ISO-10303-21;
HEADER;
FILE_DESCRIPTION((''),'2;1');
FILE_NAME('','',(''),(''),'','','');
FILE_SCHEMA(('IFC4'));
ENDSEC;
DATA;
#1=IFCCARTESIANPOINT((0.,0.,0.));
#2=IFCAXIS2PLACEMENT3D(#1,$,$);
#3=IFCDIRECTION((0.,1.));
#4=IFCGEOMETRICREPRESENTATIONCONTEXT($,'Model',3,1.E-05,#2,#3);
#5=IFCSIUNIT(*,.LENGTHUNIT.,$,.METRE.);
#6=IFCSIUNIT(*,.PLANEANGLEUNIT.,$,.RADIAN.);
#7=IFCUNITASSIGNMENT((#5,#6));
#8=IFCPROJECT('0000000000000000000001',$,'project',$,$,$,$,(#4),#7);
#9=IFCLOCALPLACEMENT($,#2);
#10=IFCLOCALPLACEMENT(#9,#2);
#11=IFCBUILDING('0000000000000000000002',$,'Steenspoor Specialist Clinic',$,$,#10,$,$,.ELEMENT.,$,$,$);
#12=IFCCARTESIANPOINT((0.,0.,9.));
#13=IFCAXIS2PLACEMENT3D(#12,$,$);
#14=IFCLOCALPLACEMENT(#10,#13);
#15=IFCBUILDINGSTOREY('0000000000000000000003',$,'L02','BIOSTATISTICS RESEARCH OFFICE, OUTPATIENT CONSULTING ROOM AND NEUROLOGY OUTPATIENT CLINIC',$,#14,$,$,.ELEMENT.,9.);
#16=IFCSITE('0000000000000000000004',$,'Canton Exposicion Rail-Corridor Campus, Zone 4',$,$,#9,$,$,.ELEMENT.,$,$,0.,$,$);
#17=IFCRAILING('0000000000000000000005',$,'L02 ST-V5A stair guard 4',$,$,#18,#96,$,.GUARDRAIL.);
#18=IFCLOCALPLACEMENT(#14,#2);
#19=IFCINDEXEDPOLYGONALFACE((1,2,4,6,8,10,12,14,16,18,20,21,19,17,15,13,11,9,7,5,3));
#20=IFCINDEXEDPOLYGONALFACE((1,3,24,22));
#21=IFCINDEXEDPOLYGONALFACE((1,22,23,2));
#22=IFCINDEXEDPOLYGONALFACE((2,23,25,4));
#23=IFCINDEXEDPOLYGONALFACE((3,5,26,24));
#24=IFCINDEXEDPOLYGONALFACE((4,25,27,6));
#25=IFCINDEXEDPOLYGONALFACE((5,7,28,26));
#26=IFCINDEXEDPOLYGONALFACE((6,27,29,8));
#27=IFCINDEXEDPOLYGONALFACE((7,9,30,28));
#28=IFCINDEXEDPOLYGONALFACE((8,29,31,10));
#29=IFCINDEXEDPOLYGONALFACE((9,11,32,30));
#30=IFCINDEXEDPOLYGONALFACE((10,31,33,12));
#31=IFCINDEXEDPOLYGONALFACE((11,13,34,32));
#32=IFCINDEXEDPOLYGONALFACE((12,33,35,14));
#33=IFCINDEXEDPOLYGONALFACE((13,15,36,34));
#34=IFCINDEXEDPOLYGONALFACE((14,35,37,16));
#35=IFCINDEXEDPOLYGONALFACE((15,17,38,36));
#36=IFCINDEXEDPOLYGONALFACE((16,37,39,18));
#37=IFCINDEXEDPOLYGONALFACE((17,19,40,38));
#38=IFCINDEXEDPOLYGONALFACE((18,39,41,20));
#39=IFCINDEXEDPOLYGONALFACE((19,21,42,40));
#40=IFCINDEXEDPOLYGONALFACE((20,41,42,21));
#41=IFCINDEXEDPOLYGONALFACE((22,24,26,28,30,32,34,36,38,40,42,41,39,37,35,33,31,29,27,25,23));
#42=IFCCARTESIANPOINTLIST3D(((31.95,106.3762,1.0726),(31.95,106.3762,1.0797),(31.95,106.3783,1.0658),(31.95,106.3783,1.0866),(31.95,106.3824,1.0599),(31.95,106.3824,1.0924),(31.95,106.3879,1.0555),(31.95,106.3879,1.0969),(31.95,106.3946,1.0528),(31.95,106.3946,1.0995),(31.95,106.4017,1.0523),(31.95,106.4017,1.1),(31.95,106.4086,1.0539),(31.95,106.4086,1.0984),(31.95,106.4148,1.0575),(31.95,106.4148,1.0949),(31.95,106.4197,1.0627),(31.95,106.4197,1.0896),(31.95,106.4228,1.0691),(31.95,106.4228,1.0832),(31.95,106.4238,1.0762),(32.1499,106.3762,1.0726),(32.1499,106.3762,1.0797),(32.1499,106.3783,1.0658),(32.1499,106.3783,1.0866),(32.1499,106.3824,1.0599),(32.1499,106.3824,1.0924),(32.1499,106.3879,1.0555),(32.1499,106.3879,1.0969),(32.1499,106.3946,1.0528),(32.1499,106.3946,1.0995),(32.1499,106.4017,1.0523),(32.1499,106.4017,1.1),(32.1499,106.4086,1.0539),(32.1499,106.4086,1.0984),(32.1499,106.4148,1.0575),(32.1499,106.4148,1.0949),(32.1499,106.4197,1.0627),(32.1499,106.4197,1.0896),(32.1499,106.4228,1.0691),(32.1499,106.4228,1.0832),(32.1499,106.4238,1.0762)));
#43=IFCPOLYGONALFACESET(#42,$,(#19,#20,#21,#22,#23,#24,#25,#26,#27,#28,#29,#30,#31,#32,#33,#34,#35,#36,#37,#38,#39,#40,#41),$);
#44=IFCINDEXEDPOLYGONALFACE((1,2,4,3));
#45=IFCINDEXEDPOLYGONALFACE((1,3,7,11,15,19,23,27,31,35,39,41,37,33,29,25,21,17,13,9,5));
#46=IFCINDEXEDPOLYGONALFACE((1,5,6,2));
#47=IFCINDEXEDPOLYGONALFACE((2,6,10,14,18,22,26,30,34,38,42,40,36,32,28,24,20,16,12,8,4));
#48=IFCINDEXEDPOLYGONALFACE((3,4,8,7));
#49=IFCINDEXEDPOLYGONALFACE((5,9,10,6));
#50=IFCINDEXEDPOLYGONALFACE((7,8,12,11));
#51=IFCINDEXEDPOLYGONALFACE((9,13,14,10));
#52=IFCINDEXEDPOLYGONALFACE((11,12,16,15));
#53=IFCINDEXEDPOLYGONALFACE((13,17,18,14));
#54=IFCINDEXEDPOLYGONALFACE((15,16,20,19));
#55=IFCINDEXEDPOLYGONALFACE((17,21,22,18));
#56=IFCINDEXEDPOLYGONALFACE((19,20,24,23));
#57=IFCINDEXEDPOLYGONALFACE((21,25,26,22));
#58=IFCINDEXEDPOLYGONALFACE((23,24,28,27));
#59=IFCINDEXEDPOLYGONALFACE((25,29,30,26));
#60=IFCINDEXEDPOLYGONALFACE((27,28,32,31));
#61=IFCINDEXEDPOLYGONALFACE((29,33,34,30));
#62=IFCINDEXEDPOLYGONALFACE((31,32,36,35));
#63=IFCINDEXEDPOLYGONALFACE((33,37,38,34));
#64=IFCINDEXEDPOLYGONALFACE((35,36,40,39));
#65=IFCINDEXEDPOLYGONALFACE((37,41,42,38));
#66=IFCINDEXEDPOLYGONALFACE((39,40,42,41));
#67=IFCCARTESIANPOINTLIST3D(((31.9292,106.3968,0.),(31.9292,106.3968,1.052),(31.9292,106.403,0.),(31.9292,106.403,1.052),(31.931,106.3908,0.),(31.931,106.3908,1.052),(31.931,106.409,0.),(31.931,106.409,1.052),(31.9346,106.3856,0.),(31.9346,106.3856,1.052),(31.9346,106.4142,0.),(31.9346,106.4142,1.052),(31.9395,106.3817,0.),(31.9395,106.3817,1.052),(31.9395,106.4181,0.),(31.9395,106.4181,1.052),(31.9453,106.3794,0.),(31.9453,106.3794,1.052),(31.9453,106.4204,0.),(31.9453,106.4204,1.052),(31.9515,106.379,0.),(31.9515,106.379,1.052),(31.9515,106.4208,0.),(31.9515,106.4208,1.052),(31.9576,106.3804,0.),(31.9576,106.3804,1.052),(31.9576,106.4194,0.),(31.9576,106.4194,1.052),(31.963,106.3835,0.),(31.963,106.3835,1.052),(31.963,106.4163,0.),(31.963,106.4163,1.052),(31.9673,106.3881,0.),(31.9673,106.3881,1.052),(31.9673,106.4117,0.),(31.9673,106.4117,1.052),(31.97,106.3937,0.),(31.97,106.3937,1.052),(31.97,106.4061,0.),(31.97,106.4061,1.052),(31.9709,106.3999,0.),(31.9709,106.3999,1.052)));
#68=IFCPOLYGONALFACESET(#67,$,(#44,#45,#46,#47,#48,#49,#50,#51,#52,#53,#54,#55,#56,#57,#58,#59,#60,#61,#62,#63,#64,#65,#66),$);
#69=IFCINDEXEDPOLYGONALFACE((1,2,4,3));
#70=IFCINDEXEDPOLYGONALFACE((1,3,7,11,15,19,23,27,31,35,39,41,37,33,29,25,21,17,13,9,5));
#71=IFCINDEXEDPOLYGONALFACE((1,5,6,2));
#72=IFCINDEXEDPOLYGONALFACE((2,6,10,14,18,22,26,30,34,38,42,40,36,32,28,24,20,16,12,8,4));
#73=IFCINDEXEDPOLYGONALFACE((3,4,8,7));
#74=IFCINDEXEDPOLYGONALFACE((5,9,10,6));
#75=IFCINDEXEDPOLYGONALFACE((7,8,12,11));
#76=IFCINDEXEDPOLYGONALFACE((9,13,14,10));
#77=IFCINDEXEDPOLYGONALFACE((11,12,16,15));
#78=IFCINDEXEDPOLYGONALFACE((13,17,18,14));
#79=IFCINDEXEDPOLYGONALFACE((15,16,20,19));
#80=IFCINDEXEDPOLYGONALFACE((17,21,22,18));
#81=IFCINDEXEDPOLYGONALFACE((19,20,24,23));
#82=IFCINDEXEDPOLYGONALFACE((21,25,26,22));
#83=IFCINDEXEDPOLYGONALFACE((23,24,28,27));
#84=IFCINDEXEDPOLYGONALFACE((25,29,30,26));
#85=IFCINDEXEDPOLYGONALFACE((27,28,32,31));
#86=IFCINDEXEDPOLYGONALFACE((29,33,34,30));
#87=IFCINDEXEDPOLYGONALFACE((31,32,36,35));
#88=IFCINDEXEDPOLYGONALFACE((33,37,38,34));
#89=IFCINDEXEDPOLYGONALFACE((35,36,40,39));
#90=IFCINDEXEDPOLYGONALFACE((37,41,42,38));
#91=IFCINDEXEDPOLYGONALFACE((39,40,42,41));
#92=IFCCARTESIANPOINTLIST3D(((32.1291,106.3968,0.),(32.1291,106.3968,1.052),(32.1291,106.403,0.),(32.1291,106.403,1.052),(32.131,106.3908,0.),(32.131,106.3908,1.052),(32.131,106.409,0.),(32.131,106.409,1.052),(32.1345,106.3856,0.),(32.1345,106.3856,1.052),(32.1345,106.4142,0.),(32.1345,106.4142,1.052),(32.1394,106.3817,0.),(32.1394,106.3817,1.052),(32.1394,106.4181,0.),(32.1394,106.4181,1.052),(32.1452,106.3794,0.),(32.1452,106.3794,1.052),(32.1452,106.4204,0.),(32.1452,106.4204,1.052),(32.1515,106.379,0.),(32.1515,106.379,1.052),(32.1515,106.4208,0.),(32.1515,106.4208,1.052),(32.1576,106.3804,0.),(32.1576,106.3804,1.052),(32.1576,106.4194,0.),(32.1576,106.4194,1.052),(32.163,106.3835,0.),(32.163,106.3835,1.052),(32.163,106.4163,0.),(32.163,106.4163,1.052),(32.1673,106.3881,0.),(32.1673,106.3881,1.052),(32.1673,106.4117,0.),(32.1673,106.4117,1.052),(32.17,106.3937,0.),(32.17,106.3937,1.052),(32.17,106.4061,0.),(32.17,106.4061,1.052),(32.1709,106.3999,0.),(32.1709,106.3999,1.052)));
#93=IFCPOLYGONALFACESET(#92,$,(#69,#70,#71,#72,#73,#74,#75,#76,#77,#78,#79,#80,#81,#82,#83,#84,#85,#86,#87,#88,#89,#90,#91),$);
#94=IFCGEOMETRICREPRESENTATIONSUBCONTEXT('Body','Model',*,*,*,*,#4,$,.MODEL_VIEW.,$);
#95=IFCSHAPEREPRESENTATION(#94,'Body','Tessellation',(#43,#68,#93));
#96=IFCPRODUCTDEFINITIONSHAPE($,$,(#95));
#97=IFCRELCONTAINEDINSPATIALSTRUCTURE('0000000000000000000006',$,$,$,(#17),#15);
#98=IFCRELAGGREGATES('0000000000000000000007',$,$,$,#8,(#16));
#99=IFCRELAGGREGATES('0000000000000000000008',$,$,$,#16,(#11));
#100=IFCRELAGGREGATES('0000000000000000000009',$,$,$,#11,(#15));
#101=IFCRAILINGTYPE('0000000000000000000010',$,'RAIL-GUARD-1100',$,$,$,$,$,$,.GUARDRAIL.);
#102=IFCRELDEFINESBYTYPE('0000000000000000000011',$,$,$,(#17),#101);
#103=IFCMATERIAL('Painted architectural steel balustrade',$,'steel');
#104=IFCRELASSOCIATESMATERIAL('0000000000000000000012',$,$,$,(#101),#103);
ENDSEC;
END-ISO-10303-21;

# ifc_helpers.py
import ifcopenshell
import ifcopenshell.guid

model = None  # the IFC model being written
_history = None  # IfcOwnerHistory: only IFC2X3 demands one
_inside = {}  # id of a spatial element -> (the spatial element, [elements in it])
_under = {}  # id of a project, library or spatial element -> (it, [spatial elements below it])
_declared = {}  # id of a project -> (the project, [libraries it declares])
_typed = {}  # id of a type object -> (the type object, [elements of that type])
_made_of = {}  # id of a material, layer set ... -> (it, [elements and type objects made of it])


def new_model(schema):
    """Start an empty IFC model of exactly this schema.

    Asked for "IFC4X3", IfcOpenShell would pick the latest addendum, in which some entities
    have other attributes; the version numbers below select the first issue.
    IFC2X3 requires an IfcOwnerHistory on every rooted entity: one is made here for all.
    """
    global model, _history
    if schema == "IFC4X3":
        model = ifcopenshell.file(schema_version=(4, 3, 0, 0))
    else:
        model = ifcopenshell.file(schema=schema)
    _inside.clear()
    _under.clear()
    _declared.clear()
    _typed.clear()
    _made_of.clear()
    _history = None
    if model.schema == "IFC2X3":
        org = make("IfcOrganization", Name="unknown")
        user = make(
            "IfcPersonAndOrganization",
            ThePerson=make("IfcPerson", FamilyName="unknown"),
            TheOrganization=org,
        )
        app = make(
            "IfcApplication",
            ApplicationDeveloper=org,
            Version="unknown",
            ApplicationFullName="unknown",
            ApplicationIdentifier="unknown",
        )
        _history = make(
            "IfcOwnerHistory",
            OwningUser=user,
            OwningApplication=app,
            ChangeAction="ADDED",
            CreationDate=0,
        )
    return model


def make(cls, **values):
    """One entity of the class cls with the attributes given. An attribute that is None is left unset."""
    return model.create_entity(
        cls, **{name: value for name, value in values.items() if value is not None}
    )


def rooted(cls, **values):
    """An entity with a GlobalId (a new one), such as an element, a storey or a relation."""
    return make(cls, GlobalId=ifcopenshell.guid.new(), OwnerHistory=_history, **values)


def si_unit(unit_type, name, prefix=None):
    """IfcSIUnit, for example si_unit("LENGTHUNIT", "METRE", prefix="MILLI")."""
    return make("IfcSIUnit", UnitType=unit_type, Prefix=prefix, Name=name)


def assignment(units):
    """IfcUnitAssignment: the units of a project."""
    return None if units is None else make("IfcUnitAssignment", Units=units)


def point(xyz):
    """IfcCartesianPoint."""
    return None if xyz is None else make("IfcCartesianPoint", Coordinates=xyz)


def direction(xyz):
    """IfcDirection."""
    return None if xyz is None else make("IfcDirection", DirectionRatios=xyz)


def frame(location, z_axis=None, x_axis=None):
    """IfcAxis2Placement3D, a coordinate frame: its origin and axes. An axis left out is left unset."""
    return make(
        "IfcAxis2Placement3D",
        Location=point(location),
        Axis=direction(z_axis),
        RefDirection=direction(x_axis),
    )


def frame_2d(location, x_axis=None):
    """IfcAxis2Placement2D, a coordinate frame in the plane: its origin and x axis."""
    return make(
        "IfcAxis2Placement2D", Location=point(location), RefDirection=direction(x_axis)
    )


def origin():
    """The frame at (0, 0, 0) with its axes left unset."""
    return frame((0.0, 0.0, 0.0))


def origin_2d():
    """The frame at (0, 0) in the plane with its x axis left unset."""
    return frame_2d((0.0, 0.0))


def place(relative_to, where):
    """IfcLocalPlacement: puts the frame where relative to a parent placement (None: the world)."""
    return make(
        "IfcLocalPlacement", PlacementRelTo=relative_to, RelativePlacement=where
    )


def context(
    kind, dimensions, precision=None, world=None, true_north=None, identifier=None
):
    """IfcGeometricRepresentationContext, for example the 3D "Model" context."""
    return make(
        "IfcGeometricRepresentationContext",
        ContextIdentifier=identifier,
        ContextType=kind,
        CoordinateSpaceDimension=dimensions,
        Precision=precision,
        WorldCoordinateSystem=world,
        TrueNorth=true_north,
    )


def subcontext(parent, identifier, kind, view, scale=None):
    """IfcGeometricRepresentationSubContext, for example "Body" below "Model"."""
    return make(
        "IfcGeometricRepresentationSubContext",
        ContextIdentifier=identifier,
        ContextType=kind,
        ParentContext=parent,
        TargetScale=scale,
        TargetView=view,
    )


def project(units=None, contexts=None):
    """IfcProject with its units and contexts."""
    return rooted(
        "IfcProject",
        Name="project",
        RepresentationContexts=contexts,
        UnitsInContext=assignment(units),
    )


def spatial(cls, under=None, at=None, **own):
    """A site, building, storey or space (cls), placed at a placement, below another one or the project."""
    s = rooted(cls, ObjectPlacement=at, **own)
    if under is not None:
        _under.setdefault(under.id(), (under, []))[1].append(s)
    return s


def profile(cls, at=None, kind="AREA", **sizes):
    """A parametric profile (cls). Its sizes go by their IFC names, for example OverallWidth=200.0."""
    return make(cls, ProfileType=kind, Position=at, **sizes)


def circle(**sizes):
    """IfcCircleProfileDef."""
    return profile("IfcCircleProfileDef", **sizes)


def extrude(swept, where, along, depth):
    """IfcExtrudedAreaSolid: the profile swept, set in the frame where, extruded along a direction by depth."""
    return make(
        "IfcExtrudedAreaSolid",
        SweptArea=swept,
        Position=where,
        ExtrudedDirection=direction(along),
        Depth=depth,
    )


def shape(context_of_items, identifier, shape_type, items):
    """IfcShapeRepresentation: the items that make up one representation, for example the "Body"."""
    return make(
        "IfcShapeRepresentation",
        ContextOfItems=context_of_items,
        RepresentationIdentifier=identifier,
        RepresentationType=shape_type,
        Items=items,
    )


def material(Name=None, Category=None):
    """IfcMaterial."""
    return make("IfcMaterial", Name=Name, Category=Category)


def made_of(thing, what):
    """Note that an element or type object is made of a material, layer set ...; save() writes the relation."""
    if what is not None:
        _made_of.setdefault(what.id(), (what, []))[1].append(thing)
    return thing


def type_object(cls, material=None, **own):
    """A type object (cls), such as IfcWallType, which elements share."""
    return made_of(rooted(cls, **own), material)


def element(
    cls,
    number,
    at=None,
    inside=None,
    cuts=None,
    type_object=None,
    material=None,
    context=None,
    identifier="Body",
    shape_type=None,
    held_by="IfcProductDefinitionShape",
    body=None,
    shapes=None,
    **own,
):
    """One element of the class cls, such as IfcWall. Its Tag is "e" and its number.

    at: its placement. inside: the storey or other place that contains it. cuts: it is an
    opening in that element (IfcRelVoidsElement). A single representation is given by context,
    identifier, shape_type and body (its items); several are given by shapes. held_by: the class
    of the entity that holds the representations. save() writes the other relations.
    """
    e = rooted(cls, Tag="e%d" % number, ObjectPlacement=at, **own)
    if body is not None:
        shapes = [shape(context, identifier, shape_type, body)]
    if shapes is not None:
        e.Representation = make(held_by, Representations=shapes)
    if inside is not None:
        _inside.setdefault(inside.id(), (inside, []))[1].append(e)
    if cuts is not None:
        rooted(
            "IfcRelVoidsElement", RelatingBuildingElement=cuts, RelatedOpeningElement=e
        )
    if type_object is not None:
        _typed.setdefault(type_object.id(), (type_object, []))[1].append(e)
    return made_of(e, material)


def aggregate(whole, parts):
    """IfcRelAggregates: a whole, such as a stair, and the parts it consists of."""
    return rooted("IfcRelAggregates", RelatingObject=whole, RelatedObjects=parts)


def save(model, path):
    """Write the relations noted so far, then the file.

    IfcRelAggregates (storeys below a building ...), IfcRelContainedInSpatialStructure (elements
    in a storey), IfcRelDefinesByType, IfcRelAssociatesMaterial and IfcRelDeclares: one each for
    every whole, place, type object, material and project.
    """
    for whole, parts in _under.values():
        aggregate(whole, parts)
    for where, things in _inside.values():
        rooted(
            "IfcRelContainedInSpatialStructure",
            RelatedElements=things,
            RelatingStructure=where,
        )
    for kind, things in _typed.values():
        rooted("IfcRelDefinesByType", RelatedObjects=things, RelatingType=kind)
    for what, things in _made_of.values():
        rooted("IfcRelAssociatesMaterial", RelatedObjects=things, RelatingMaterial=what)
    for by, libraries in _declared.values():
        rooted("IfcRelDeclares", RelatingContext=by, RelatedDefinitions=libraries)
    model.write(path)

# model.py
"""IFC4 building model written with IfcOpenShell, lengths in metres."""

from ifc_helpers import new_model, si_unit, direction, frame, origin, origin_2d, place, context, subcontext, project, spatial, circle, extrude, material, type_object, element, save


model = new_model("IFC4")

# Units and contexts
model_context = context("Model", 3, precision=1e-05, world=origin(), true_north=direction((0.0, 1.0)))
body_context = subcontext(model_context, "Body", "Model", "MODEL_VIEW")
ifc_project = project(units=[si_unit("LENGTHUNIT", "METRE"), si_unit("PLANEANGLEUNIT", "RADIAN")], contexts=[model_context])

# Site, building, storey
site_placement = place(None, origin())
site = spatial("IfcSite", under=ifc_project, at=site_placement, Name="Canton Exposicion Rail-Corridor Campus, Zone 4", CompositionType="ELEMENT", RefElevation=0.0)
building_placement = place(site_placement, origin())
building = spatial("IfcBuilding", under=site, at=building_placement, Name="Steenspoor Specialist Clinic", CompositionType="ELEMENT")
storey_placement = place(building_placement, frame((0.0, 0.0, 9.0)))
storey = spatial("IfcBuildingStorey", under=building, at=storey_placement, Name="L02", Description="BIOSTATISTICS RESEARCH OFFICE, OUTPATIENT CONSULTING ROOM AND NEUROLOGY OUTPATIENT CLINIC", CompositionType="ELEMENT", Elevation=9.0)

# Railing
ifc_material_1 = material(Name="Painted architectural steel balustrade", Category="steel")
railing_type_1 = type_object("IfcRailingType", Name="RAIL-GUARD-1100", PredefinedType="GUARDRAIL", material=ifc_material_1)
railing_1_placement = place(storey_placement, frame((31.95, 106.3999, 0.0)))
element("IfcRailing", 1, at=railing_1_placement, inside=storey, type_object=railing_type_1, Name="L02 ST-V5A stair guard 4", PredefinedType="GUARDRAIL", context=body_context, shape_type="SweptSolid", body=[
    extrude(circle(Radius=0.0239, at=origin_2d()), frame((0.0, 0.0, 1.0762), z_axis=(1.0, 0.0, 0.0), x_axis=(0.0, 1.0, 0.0)), (0.0, 0.0, 1.0), 0.2),
    extrude(circle(Radius=0.021, at=origin_2d()), origin(), (0.0, 0.0, 1.0), 1.052),
    extrude(circle(Radius=0.021, at=origin_2d()), frame((0.2, 0.0, 0.0)), (0.0, 0.0, 1.0), 1.052),
])

save(model, "model.ifc")
